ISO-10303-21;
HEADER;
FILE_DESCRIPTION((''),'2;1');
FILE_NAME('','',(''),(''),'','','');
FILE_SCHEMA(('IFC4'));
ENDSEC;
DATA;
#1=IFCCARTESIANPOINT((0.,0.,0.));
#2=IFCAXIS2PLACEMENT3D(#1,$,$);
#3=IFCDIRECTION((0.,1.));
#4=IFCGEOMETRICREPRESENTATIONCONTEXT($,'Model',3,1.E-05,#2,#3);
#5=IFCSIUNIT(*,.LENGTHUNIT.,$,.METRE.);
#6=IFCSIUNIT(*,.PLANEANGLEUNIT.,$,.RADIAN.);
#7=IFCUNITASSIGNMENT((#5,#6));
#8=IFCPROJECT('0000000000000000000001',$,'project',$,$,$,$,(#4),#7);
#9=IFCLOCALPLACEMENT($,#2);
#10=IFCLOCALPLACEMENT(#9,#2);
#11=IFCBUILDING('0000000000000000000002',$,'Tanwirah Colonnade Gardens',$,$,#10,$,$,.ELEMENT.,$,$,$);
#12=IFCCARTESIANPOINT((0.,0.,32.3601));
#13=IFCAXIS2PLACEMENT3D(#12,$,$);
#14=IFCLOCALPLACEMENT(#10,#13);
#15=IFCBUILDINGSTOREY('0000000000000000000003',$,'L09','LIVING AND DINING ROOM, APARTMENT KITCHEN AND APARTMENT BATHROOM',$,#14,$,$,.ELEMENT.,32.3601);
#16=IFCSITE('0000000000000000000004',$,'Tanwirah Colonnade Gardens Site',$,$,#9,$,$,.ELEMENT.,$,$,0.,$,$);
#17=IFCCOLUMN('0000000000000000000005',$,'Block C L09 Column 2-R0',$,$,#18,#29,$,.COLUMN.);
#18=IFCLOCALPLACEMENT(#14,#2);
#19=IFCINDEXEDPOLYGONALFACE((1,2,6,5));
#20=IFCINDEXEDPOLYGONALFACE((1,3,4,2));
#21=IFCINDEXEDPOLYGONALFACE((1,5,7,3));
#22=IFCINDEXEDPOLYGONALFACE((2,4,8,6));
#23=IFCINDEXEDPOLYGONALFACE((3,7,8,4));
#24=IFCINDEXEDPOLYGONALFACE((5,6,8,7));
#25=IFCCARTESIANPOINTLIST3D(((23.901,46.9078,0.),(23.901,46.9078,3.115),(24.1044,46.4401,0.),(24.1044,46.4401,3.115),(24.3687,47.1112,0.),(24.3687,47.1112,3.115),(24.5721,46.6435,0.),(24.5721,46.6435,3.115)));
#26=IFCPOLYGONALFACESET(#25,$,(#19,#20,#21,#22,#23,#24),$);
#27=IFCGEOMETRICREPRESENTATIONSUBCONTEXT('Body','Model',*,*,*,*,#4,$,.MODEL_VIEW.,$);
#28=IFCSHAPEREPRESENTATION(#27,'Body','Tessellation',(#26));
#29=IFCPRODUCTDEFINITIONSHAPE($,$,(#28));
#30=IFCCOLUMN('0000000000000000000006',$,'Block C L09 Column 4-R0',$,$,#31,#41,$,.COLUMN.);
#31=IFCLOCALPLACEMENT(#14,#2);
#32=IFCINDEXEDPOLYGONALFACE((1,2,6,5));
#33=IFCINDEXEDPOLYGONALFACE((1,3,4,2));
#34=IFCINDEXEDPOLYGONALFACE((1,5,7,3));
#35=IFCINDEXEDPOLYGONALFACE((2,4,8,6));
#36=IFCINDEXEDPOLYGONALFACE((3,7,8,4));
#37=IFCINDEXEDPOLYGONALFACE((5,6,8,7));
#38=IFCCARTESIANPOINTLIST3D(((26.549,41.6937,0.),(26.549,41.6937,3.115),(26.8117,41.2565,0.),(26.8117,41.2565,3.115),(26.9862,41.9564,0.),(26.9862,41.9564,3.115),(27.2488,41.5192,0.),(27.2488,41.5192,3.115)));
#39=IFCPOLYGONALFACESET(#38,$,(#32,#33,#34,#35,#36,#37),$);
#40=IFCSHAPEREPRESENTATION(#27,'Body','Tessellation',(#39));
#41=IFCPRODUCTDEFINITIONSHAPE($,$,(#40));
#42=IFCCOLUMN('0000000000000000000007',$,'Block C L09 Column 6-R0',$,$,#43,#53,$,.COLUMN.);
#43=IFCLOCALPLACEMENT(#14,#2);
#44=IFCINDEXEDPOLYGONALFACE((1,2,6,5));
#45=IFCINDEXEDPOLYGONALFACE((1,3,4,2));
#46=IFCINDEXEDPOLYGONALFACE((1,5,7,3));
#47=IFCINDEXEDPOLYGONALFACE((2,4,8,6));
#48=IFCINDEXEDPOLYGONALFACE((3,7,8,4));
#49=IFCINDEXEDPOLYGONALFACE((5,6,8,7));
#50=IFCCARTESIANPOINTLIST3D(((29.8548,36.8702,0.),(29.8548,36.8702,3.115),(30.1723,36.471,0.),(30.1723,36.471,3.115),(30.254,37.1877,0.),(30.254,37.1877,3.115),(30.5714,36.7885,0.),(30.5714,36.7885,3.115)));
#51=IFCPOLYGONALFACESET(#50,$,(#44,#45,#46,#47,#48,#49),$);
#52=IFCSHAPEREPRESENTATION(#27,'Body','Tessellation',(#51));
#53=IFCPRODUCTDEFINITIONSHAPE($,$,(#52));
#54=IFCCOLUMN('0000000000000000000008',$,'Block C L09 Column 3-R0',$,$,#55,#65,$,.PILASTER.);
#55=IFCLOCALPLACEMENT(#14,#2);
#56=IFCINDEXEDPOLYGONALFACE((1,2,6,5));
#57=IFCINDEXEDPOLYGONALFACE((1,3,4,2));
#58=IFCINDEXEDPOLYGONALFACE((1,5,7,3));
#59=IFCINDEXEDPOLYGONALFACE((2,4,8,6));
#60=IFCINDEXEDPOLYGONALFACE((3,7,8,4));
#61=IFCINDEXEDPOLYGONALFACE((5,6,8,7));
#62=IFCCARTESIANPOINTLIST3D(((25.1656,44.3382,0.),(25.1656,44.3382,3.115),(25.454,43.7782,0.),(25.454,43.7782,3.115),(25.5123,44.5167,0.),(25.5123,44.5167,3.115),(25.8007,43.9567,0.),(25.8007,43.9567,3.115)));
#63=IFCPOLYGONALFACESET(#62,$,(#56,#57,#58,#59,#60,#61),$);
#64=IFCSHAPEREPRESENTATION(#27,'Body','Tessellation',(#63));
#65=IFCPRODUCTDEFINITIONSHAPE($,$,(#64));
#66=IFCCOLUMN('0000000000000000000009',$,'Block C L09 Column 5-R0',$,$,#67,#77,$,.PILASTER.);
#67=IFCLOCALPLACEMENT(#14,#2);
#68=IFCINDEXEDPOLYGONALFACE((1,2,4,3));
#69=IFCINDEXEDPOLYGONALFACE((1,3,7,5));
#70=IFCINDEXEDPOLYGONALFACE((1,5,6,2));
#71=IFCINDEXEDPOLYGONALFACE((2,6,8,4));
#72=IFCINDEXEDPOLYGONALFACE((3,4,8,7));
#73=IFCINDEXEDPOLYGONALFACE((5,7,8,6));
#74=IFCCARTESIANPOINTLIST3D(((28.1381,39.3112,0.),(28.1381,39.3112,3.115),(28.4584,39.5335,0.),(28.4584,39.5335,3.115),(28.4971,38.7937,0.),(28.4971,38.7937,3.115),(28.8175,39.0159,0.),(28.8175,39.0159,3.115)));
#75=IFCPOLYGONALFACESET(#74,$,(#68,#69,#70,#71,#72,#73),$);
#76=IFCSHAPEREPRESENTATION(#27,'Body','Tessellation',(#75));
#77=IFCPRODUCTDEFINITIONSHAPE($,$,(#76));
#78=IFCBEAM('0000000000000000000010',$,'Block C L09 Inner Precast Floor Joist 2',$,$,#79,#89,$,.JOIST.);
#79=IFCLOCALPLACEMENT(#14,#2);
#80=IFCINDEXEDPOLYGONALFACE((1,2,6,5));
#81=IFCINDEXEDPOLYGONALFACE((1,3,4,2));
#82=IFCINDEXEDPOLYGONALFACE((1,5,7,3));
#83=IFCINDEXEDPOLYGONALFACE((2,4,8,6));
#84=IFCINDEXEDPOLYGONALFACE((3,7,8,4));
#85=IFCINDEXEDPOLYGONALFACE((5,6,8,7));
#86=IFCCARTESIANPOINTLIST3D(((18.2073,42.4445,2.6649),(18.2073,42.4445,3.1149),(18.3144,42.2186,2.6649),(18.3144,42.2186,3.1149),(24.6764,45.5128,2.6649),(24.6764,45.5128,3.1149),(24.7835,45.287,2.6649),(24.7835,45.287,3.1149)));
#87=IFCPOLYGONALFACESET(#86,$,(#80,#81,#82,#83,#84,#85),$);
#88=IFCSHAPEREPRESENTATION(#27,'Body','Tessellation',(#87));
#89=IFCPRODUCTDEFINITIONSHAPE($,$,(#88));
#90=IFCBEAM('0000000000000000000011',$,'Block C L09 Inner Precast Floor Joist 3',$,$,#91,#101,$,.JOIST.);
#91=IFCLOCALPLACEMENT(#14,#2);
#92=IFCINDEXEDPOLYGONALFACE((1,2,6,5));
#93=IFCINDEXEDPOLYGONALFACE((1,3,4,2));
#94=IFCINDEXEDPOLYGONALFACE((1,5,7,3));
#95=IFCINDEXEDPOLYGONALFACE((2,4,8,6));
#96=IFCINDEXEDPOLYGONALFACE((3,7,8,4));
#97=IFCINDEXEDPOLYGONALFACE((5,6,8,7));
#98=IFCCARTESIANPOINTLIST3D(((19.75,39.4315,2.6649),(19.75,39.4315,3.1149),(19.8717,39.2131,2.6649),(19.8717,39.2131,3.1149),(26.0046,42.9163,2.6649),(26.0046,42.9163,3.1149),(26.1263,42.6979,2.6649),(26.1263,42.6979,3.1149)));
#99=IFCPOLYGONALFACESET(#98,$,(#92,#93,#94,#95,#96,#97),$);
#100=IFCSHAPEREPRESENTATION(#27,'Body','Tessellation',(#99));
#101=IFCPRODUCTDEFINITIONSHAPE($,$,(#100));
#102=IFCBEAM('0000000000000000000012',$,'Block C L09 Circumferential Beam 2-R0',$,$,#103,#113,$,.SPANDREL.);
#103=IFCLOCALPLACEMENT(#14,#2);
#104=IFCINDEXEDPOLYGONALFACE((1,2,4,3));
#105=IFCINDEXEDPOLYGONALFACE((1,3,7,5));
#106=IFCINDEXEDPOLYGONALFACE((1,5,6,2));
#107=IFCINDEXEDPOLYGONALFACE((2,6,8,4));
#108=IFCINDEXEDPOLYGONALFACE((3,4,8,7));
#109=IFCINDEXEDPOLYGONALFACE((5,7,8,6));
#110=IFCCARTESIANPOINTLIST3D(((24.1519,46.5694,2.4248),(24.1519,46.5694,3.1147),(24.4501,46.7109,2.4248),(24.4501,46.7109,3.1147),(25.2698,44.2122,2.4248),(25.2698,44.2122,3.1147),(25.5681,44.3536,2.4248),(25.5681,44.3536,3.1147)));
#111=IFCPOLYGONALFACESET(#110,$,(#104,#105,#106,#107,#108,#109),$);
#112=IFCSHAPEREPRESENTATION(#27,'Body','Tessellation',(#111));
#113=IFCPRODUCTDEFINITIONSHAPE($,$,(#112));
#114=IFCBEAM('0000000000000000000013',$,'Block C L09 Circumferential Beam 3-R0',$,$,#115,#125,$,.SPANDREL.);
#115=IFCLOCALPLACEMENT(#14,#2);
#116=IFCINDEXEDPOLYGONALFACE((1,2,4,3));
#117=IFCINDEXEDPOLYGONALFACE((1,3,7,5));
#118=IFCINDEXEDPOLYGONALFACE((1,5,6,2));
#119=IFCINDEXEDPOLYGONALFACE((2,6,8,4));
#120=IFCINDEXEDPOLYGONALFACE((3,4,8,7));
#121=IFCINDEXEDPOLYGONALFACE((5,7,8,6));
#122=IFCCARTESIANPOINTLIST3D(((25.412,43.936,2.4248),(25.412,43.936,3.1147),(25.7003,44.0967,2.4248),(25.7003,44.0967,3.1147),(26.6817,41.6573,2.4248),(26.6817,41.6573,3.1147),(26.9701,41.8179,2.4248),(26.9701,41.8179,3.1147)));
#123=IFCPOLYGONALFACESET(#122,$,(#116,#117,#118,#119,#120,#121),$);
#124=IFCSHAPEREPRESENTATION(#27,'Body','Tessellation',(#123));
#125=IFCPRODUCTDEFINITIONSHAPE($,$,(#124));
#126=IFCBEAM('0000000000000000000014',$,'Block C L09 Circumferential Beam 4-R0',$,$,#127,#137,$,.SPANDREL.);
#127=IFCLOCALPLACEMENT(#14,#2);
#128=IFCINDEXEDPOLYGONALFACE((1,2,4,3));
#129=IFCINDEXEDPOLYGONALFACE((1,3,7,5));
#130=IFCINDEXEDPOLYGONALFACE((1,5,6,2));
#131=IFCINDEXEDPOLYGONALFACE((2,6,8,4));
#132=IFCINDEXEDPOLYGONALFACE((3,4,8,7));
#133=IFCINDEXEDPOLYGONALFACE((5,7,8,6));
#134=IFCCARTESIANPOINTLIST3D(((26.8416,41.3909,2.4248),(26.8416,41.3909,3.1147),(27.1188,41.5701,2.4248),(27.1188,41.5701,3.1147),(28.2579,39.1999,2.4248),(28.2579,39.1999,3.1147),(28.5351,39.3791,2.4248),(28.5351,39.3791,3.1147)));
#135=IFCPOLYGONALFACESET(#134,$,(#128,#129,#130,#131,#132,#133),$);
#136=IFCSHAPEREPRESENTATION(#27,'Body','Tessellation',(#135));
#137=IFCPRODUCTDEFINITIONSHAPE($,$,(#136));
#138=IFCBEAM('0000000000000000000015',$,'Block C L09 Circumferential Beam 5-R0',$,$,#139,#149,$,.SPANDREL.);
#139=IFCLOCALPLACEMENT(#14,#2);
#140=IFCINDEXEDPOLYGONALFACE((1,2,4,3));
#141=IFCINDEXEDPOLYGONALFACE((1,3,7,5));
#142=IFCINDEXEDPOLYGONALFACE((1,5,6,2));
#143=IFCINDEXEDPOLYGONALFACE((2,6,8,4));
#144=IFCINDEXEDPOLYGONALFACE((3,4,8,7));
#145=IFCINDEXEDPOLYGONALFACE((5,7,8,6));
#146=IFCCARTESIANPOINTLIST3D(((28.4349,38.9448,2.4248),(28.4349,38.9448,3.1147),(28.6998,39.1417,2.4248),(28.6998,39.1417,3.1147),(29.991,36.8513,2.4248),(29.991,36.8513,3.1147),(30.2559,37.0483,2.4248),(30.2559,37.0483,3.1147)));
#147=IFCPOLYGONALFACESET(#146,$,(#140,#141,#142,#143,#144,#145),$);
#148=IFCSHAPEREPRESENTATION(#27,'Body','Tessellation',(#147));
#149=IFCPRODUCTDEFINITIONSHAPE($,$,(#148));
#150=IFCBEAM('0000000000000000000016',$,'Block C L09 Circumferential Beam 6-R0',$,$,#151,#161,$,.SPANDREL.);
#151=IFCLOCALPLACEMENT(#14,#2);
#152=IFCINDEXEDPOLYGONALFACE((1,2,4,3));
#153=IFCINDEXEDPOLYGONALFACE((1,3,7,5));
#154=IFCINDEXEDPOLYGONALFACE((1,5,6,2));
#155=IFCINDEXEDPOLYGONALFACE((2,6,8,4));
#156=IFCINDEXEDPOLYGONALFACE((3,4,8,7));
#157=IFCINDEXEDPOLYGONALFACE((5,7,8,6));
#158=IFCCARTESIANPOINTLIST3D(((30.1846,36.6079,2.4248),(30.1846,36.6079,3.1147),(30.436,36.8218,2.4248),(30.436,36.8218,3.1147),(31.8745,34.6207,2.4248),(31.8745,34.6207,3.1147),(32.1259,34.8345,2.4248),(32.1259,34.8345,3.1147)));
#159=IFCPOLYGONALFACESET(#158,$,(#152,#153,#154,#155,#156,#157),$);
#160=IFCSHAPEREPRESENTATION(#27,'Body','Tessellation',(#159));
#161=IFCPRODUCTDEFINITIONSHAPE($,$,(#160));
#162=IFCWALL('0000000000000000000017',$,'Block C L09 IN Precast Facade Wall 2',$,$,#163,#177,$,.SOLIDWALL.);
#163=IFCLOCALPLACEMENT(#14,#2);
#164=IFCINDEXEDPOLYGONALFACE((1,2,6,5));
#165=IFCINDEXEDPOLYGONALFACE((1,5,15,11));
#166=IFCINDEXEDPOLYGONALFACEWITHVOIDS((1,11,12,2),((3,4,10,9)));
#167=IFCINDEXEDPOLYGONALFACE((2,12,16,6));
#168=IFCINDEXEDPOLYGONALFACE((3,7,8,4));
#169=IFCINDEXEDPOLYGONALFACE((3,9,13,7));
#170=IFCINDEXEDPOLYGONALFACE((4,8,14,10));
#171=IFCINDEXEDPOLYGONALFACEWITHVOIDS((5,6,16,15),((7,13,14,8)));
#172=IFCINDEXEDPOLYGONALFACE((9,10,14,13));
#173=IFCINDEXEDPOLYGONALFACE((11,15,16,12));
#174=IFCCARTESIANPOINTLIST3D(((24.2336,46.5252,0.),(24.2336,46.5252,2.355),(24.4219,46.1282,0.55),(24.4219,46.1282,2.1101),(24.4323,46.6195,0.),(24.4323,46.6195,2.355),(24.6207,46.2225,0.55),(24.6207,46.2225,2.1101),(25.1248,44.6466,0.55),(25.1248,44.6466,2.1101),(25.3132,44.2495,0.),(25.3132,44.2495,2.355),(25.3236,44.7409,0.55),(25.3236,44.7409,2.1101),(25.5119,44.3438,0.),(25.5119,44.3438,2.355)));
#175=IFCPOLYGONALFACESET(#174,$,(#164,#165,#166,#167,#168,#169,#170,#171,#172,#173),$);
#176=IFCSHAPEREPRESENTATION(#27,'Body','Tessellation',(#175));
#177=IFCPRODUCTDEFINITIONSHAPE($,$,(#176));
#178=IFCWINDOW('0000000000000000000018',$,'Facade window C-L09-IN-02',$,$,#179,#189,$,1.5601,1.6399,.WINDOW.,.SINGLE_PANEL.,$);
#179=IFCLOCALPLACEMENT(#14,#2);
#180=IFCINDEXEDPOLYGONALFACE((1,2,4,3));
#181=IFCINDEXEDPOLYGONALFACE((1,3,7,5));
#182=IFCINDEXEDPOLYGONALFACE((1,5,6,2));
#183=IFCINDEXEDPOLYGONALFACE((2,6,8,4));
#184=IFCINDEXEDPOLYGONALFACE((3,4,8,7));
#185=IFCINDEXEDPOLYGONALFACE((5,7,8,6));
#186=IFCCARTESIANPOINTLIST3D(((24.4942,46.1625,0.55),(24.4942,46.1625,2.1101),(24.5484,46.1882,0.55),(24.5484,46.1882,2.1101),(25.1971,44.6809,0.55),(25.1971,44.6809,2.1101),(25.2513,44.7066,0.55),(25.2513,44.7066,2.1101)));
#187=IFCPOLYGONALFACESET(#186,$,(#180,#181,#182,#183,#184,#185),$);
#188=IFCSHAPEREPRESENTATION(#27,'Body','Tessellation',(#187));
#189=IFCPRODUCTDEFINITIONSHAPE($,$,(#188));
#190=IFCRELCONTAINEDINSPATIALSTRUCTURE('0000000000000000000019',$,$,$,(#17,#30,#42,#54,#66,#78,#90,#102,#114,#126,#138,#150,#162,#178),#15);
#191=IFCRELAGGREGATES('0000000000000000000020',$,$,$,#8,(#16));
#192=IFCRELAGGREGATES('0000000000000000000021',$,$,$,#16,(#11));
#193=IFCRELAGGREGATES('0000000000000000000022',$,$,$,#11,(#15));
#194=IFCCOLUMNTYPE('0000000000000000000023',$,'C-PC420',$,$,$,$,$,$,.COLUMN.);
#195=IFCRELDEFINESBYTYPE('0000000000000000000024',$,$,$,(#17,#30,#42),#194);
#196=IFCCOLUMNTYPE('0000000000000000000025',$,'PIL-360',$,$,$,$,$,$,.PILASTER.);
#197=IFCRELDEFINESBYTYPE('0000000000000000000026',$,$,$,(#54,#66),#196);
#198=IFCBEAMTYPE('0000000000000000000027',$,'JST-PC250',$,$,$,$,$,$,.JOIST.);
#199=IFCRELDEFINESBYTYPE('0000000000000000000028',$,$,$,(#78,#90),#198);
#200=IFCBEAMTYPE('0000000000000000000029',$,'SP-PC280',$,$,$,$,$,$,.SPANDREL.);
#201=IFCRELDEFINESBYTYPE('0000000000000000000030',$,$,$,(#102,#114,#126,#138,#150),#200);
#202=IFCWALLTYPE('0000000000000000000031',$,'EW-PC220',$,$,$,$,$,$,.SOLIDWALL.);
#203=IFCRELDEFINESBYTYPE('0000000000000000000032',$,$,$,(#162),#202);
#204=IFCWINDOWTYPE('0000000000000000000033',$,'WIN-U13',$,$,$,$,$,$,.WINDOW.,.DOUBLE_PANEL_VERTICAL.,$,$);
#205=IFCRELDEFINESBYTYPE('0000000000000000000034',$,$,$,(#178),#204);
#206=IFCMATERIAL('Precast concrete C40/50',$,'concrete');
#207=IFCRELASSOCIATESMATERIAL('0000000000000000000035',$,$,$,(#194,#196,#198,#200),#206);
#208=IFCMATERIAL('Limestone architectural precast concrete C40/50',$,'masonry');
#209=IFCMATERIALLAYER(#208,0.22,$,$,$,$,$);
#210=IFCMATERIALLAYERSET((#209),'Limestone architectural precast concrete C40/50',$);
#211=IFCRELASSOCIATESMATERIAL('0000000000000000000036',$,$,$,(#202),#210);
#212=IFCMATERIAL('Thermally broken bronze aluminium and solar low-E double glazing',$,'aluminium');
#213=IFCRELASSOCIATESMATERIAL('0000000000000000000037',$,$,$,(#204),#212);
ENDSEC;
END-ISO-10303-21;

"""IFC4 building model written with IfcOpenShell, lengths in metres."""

from ifc_helpers import new_model, si_unit, direction, frame, frame_2d, origin, origin_2d, place, context, subcontext, project, spatial, rectangle, extrude, material, layer, layer_set, material_profile, profile_set, type_object, element, fill, save


model = new_model("IFC4")

# Units and contexts
model_context = context("Model", 3, precision=1e-05, world=origin(), true_north=direction((0.0, 1.0)))
body_context = subcontext(model_context, "Body", "Model", "MODEL_VIEW")
ifc_project = project(units=[si_unit("LENGTHUNIT", "METRE"), si_unit("PLANEANGLEUNIT", "RADIAN")], contexts=[model_context])

# Site, building, storey
site_placement = place(None, origin())
site = spatial("IfcSite", under=ifc_project, at=site_placement, Name="Tanwirah Colonnade Gardens Site", CompositionType="ELEMENT", RefElevation=0.0)
building_placement = place(site_placement, origin())
building = spatial("IfcBuilding", under=site, at=building_placement, Name="Tanwirah Colonnade Gardens", CompositionType="ELEMENT")
storey_placement = place(building_placement, frame((0.0, 0.0, 32.3601)))
storey = spatial("IfcBuildingStorey", under=building, at=storey_placement, Name="L09", Description="LIVING AND DINING ROOM, APARTMENT KITCHEN AND APARTMENT BATHROOM", CompositionType="ELEMENT", Elevation=32.3601)

# Columns
ifc_material_1 = material(Name="Precast concrete C40/50", Category="concrete")
ifc_material_profile_1 = material_profile(ifc_material_1, rectangle(XDim=0.51, YDim=0.51, at=origin_2d()), Name="PC-COL 510x510")
ifc_profile_set_1 = profile_set([ifc_material_profile_1], Name="Precast concrete C40/50")
column_type_1 = type_object("IfcColumnType", Name="C-PC420", PredefinedType="COLUMN", material=ifc_profile_set_1)
for number, where, z_axis, x_axis, name in (
    (1, (24.2366, 46.7756, 0.0), (0.0, 0.0, 1.0), (-0.91706, -0.398749, 0.0), "Block C L09 Column 2-R0"),
    (2, (26.8989, 41.6064, 0.0), (0.0, 0.0, 1.0), (-0.857167, -0.515038, 0.0), "Block C L09 Column 4-R0"),
    (3, (30.2131, 36.8293, 0.0), (0.0, 0.0, 1.0), (-0.782608, -0.622515, 0.0), "Block C L09 Column 6-R0"),
):
    element("IfcColumn", number, at=place(storey_placement, frame(where, z_axis=z_axis, x_axis=x_axis)), inside=storey, type_object=column_type_1, Name=name, PredefinedType="COLUMN", context=body_context, shape_type="SweptSolid", body=[
        extrude(rectangle(XDim=0.51, YDim=0.51, at=origin_2d()), origin(), (0.0, 0.0, 1.0), 3.115),
    ])
ifc_material_profile_2 = material_profile(ifc_material_1, rectangle(XDim=0.3899, YDim=0.6299, at=origin_2d()), Name="PC-PIL 390x630")
ifc_profile_set_2 = profile_set([ifc_material_profile_2], Name="Precast concrete C40/50")
column_type_2 = type_object("IfcColumnType", Name="PIL-360", PredefinedType="PILASTER", material=ifc_profile_set_2)
for number, where, z_axis, x_axis, name in (
    (4, (25.4832, 44.1475, 0.0), (0.0, 0.0, 1.0), (-0.889017, -0.457874, 0.0), "Block C L09 Column 3-R0"),
    (5, (28.4778, 39.1636, 0.0), (0.0, 0.0, 1.0), (-0.821647, -0.569997, 0.0), "Block C L09 Column 5-R0"),
):
    element("IfcColumn", number, at=place(storey_placement, frame(where, z_axis=z_axis, x_axis=x_axis)), inside=storey, type_object=column_type_2, Name=name, PredefinedType="PILASTER", context=body_context, shape_type="SweptSolid", body=[
        extrude(rectangle(XDim=0.3899, YDim=0.6299, at=origin_2d()), origin(), (0.0, 0.0, 1.0), 3.115),
    ])

# Beams
ifc_material_profile_3 = material_profile(ifc_material_1, rectangle(XDim=0.25, YDim=0.45, at=origin_2d()), Name="PC-JST 250x450")
ifc_profile_set_3 = profile_set([ifc_material_profile_3], Name="Precast concrete C40/50")
beam_type_1 = type_object("IfcBeamType", Name="JST-PC250", PredefinedType="JOIST", material=ifc_profile_set_3)
for number, where, z_axis, x_axis, name in (
    (6, (24.73, 45.3999, 2.8899), (-0.903522, -0.428541, 0.0), (0.428541, -0.903522, 0.0), "Block C L09 Inner Precast Floor Joist 2"),
    (7, (26.0654, 42.8071, 2.8899), (-0.87356, -0.486717, 0.0), (0.486717, -0.87356, 0.0), "Block C L09 Inner Precast Floor Joist 3"),
):
    element("IfcBeam", number, at=place(storey_placement, frame(where, z_axis=z_axis, x_axis=x_axis)), inside=storey, type_object=beam_type_1, Name=name, PredefinedType="JOIST", context=body_context, shape_type="SweptSolid", body=[
        extrude(rectangle(XDim=0.25, YDim=0.45, at=origin_2d()), origin(), (0.0, 0.0, 1.0), 7.1599),
    ])
ifc_material_profile_4 = material_profile(ifc_material_1, rectangle(XDim=0.3301, YDim=0.6899, at=origin_2d()), Name="PC-SP 330x690")
ifc_profile_set_4 = profile_set([ifc_material_profile_4], Name="Precast concrete C40/50")
beam_type_2 = type_object("IfcBeamType", Name="SP-PC280", PredefinedType="SPANDREL", material=ifc_profile_set_4)
beam_1_placement = place(storey_placement, frame((24.301, 46.6401, 2.7698), z_axis=(0.428513, -0.903536, 0.0), x_axis=(0.903536, 0.428513, 0.0)))
element("IfcBeam", 8, at=beam_1_placement, inside=storey, type_object=beam_type_2, Name="Block C L09 Circumferential Beam 2-R0", PredefinedType="SPANDREL", context=body_context, shape_type="SweptSolid", body=[
    extrude(rectangle(XDim=0.3301, YDim=0.6899, at=origin_2d()), origin(), (0.0, 0.0, 1.0), 2.6089),
])
beam_2_placement = place(storey_placement, frame((25.5562, 44.0164, 2.7698), z_axis=(0.486747, -0.873543, 0.0), x_axis=(0.873543, 0.486747, 0.0)))
element("IfcBeam", 9, at=beam_2_placement, inside=storey, type_object=beam_type_2, Name="Block C L09 Circumferential Beam 3-R0", PredefinedType="SPANDREL", context=body_context, shape_type="SweptSolid", body=[
    extrude(rectangle(XDim=0.3301, YDim=0.6899, at=origin_2d()), origin(), (0.0, 0.0, 1.0), 2.6086),
])
beam_3_placement = place(storey_placement, frame((26.9802, 41.4805, 2.7698), z_axis=(0.542875, -0.839814, 0.0), x_axis=(0.839814, 0.542875, 0.0)))
element("IfcBeam", 10, at=beam_3_placement, inside=storey, type_object=beam_type_2, Name="Block C L09 Circumferential Beam 4-R0", PredefinedType="SPANDREL", context=body_context, shape_type="SweptSolid", body=[
    extrude(rectangle(XDim=0.3301, YDim=0.6899, at=origin_2d()), origin(), (0.0, 0.0, 1.0), 2.6089),
])
beam_4_placement = place(storey_placement, frame((28.5674, 39.0432, 2.7698), z_axis=(0.596565, -0.802565, 0.0), x_axis=(0.802565, 0.596565, 0.0)))
element("IfcBeam", 11, at=beam_4_placement, inside=storey, type_object=beam_type_2, Name="Block C L09 Circumferential Beam 5-R0", PredefinedType="SPANDREL", context=body_context, shape_type="SweptSolid", body=[
    extrude(rectangle(XDim=0.3301, YDim=0.6899, at=origin_2d()), origin(), (0.0, 0.0, 1.0), 2.6084),
])
beam_5_placement = place(storey_placement, frame((30.3103, 36.7148, 2.7698), z_axis=(0.647811, -0.761801, 0.0), x_axis=(0.761801, 0.647811, 0.0)))
element("IfcBeam", 12, at=beam_5_placement, inside=storey, type_object=beam_type_2, Name="Block C L09 Circumferential Beam 6-R0", PredefinedType="SPANDREL", context=body_context, shape_type="SweptSolid", body=[
    extrude(rectangle(XDim=0.3301, YDim=0.6899, at=origin_2d()), origin(), (0.0, 0.0, 1.0), 2.6086),
])

# Wall, opening, window
ifc_material_2 = material(Name="Limestone architectural precast concrete C40/50", Category="masonry")
ifc_layer_1 = layer(ifc_material_2, 0.22)
ifc_layer_set_1 = layer_set([ifc_layer_1], Name="Limestone architectural precast concrete C40/50")
wall_type_1 = type_object("IfcWallType", Name="EW-PC220", PredefinedType="SOLIDWALL", material=ifc_layer_set_1)
wall_1_placement = place(storey_placement, frame((24.333, 46.5723, 0.0), z_axis=(0.0, 0.0, 1.0), x_axis=(0.428624, -0.903483, 0.0)))
wall_1 = element("IfcWall", 13, at=wall_1_placement, inside=storey, type_object=wall_type_1, Name="Block C L09 IN Precast Facade Wall 2", PredefinedType="SOLIDWALL", context=body_context, shape_type="SweptSolid", body=[
    extrude(rectangle(XDim=2.5188, YDim=0.22, at=frame_2d((1.2593, 0.0))), origin(), (0.0, 0.0, 1.0), 2.355),
])
opening_1_placement = place(wall_1_placement, frame((0.4395, 0.0, 0.55)))
opening_1 = element("IfcOpeningElement", 14, at=opening_1_placement, cuts=wall_1, PredefinedType="OPENING", context=body_context, shape_type="SweptSolid", body=[
    extrude(rectangle(XDim=1.6399, YDim=1.5601, at=frame_2d((0.8198, 0.78))), frame((0.0, 0.1199, 0.0), z_axis=(0.0, -1.0, 0.0), x_axis=(1.0, 0.0, 0.0)), (0.0, 0.0, 1.0), 0.24),
])
ifc_material_3 = material(Name="Thermally broken bronze aluminium and solar low-E double glazing", Category="aluminium")
window_type = type_object("IfcWindowType", Name="WIN-U13", PartitioningType="DOUBLE_PANEL_VERTICAL", PredefinedType="WINDOW", material=ifc_material_3)
window_placement = place(opening_1_placement, origin())
window = element("IfcWindow", 15, at=window_placement, inside=storey, type_object=window_type, Name="Facade window C-L09-IN-02", OverallHeight=1.5601, OverallWidth=1.6399, PartitioningType="SINGLE_PANEL", PredefinedType="WINDOW", context=body_context, shape_type="SweptSolid", body=[
    extrude(rectangle(XDim=1.6399, YDim=1.5601, at=frame_2d((0.8198, 0.78))), frame((0.0, 0.03, 0.0), z_axis=(0.0, -1.0, 0.0), x_axis=(1.0, 0.0, 0.0)), (0.0, 0.0, 1.0), 0.0601),
])
fill(opening_1, window)

save(model, "model.ifc")
